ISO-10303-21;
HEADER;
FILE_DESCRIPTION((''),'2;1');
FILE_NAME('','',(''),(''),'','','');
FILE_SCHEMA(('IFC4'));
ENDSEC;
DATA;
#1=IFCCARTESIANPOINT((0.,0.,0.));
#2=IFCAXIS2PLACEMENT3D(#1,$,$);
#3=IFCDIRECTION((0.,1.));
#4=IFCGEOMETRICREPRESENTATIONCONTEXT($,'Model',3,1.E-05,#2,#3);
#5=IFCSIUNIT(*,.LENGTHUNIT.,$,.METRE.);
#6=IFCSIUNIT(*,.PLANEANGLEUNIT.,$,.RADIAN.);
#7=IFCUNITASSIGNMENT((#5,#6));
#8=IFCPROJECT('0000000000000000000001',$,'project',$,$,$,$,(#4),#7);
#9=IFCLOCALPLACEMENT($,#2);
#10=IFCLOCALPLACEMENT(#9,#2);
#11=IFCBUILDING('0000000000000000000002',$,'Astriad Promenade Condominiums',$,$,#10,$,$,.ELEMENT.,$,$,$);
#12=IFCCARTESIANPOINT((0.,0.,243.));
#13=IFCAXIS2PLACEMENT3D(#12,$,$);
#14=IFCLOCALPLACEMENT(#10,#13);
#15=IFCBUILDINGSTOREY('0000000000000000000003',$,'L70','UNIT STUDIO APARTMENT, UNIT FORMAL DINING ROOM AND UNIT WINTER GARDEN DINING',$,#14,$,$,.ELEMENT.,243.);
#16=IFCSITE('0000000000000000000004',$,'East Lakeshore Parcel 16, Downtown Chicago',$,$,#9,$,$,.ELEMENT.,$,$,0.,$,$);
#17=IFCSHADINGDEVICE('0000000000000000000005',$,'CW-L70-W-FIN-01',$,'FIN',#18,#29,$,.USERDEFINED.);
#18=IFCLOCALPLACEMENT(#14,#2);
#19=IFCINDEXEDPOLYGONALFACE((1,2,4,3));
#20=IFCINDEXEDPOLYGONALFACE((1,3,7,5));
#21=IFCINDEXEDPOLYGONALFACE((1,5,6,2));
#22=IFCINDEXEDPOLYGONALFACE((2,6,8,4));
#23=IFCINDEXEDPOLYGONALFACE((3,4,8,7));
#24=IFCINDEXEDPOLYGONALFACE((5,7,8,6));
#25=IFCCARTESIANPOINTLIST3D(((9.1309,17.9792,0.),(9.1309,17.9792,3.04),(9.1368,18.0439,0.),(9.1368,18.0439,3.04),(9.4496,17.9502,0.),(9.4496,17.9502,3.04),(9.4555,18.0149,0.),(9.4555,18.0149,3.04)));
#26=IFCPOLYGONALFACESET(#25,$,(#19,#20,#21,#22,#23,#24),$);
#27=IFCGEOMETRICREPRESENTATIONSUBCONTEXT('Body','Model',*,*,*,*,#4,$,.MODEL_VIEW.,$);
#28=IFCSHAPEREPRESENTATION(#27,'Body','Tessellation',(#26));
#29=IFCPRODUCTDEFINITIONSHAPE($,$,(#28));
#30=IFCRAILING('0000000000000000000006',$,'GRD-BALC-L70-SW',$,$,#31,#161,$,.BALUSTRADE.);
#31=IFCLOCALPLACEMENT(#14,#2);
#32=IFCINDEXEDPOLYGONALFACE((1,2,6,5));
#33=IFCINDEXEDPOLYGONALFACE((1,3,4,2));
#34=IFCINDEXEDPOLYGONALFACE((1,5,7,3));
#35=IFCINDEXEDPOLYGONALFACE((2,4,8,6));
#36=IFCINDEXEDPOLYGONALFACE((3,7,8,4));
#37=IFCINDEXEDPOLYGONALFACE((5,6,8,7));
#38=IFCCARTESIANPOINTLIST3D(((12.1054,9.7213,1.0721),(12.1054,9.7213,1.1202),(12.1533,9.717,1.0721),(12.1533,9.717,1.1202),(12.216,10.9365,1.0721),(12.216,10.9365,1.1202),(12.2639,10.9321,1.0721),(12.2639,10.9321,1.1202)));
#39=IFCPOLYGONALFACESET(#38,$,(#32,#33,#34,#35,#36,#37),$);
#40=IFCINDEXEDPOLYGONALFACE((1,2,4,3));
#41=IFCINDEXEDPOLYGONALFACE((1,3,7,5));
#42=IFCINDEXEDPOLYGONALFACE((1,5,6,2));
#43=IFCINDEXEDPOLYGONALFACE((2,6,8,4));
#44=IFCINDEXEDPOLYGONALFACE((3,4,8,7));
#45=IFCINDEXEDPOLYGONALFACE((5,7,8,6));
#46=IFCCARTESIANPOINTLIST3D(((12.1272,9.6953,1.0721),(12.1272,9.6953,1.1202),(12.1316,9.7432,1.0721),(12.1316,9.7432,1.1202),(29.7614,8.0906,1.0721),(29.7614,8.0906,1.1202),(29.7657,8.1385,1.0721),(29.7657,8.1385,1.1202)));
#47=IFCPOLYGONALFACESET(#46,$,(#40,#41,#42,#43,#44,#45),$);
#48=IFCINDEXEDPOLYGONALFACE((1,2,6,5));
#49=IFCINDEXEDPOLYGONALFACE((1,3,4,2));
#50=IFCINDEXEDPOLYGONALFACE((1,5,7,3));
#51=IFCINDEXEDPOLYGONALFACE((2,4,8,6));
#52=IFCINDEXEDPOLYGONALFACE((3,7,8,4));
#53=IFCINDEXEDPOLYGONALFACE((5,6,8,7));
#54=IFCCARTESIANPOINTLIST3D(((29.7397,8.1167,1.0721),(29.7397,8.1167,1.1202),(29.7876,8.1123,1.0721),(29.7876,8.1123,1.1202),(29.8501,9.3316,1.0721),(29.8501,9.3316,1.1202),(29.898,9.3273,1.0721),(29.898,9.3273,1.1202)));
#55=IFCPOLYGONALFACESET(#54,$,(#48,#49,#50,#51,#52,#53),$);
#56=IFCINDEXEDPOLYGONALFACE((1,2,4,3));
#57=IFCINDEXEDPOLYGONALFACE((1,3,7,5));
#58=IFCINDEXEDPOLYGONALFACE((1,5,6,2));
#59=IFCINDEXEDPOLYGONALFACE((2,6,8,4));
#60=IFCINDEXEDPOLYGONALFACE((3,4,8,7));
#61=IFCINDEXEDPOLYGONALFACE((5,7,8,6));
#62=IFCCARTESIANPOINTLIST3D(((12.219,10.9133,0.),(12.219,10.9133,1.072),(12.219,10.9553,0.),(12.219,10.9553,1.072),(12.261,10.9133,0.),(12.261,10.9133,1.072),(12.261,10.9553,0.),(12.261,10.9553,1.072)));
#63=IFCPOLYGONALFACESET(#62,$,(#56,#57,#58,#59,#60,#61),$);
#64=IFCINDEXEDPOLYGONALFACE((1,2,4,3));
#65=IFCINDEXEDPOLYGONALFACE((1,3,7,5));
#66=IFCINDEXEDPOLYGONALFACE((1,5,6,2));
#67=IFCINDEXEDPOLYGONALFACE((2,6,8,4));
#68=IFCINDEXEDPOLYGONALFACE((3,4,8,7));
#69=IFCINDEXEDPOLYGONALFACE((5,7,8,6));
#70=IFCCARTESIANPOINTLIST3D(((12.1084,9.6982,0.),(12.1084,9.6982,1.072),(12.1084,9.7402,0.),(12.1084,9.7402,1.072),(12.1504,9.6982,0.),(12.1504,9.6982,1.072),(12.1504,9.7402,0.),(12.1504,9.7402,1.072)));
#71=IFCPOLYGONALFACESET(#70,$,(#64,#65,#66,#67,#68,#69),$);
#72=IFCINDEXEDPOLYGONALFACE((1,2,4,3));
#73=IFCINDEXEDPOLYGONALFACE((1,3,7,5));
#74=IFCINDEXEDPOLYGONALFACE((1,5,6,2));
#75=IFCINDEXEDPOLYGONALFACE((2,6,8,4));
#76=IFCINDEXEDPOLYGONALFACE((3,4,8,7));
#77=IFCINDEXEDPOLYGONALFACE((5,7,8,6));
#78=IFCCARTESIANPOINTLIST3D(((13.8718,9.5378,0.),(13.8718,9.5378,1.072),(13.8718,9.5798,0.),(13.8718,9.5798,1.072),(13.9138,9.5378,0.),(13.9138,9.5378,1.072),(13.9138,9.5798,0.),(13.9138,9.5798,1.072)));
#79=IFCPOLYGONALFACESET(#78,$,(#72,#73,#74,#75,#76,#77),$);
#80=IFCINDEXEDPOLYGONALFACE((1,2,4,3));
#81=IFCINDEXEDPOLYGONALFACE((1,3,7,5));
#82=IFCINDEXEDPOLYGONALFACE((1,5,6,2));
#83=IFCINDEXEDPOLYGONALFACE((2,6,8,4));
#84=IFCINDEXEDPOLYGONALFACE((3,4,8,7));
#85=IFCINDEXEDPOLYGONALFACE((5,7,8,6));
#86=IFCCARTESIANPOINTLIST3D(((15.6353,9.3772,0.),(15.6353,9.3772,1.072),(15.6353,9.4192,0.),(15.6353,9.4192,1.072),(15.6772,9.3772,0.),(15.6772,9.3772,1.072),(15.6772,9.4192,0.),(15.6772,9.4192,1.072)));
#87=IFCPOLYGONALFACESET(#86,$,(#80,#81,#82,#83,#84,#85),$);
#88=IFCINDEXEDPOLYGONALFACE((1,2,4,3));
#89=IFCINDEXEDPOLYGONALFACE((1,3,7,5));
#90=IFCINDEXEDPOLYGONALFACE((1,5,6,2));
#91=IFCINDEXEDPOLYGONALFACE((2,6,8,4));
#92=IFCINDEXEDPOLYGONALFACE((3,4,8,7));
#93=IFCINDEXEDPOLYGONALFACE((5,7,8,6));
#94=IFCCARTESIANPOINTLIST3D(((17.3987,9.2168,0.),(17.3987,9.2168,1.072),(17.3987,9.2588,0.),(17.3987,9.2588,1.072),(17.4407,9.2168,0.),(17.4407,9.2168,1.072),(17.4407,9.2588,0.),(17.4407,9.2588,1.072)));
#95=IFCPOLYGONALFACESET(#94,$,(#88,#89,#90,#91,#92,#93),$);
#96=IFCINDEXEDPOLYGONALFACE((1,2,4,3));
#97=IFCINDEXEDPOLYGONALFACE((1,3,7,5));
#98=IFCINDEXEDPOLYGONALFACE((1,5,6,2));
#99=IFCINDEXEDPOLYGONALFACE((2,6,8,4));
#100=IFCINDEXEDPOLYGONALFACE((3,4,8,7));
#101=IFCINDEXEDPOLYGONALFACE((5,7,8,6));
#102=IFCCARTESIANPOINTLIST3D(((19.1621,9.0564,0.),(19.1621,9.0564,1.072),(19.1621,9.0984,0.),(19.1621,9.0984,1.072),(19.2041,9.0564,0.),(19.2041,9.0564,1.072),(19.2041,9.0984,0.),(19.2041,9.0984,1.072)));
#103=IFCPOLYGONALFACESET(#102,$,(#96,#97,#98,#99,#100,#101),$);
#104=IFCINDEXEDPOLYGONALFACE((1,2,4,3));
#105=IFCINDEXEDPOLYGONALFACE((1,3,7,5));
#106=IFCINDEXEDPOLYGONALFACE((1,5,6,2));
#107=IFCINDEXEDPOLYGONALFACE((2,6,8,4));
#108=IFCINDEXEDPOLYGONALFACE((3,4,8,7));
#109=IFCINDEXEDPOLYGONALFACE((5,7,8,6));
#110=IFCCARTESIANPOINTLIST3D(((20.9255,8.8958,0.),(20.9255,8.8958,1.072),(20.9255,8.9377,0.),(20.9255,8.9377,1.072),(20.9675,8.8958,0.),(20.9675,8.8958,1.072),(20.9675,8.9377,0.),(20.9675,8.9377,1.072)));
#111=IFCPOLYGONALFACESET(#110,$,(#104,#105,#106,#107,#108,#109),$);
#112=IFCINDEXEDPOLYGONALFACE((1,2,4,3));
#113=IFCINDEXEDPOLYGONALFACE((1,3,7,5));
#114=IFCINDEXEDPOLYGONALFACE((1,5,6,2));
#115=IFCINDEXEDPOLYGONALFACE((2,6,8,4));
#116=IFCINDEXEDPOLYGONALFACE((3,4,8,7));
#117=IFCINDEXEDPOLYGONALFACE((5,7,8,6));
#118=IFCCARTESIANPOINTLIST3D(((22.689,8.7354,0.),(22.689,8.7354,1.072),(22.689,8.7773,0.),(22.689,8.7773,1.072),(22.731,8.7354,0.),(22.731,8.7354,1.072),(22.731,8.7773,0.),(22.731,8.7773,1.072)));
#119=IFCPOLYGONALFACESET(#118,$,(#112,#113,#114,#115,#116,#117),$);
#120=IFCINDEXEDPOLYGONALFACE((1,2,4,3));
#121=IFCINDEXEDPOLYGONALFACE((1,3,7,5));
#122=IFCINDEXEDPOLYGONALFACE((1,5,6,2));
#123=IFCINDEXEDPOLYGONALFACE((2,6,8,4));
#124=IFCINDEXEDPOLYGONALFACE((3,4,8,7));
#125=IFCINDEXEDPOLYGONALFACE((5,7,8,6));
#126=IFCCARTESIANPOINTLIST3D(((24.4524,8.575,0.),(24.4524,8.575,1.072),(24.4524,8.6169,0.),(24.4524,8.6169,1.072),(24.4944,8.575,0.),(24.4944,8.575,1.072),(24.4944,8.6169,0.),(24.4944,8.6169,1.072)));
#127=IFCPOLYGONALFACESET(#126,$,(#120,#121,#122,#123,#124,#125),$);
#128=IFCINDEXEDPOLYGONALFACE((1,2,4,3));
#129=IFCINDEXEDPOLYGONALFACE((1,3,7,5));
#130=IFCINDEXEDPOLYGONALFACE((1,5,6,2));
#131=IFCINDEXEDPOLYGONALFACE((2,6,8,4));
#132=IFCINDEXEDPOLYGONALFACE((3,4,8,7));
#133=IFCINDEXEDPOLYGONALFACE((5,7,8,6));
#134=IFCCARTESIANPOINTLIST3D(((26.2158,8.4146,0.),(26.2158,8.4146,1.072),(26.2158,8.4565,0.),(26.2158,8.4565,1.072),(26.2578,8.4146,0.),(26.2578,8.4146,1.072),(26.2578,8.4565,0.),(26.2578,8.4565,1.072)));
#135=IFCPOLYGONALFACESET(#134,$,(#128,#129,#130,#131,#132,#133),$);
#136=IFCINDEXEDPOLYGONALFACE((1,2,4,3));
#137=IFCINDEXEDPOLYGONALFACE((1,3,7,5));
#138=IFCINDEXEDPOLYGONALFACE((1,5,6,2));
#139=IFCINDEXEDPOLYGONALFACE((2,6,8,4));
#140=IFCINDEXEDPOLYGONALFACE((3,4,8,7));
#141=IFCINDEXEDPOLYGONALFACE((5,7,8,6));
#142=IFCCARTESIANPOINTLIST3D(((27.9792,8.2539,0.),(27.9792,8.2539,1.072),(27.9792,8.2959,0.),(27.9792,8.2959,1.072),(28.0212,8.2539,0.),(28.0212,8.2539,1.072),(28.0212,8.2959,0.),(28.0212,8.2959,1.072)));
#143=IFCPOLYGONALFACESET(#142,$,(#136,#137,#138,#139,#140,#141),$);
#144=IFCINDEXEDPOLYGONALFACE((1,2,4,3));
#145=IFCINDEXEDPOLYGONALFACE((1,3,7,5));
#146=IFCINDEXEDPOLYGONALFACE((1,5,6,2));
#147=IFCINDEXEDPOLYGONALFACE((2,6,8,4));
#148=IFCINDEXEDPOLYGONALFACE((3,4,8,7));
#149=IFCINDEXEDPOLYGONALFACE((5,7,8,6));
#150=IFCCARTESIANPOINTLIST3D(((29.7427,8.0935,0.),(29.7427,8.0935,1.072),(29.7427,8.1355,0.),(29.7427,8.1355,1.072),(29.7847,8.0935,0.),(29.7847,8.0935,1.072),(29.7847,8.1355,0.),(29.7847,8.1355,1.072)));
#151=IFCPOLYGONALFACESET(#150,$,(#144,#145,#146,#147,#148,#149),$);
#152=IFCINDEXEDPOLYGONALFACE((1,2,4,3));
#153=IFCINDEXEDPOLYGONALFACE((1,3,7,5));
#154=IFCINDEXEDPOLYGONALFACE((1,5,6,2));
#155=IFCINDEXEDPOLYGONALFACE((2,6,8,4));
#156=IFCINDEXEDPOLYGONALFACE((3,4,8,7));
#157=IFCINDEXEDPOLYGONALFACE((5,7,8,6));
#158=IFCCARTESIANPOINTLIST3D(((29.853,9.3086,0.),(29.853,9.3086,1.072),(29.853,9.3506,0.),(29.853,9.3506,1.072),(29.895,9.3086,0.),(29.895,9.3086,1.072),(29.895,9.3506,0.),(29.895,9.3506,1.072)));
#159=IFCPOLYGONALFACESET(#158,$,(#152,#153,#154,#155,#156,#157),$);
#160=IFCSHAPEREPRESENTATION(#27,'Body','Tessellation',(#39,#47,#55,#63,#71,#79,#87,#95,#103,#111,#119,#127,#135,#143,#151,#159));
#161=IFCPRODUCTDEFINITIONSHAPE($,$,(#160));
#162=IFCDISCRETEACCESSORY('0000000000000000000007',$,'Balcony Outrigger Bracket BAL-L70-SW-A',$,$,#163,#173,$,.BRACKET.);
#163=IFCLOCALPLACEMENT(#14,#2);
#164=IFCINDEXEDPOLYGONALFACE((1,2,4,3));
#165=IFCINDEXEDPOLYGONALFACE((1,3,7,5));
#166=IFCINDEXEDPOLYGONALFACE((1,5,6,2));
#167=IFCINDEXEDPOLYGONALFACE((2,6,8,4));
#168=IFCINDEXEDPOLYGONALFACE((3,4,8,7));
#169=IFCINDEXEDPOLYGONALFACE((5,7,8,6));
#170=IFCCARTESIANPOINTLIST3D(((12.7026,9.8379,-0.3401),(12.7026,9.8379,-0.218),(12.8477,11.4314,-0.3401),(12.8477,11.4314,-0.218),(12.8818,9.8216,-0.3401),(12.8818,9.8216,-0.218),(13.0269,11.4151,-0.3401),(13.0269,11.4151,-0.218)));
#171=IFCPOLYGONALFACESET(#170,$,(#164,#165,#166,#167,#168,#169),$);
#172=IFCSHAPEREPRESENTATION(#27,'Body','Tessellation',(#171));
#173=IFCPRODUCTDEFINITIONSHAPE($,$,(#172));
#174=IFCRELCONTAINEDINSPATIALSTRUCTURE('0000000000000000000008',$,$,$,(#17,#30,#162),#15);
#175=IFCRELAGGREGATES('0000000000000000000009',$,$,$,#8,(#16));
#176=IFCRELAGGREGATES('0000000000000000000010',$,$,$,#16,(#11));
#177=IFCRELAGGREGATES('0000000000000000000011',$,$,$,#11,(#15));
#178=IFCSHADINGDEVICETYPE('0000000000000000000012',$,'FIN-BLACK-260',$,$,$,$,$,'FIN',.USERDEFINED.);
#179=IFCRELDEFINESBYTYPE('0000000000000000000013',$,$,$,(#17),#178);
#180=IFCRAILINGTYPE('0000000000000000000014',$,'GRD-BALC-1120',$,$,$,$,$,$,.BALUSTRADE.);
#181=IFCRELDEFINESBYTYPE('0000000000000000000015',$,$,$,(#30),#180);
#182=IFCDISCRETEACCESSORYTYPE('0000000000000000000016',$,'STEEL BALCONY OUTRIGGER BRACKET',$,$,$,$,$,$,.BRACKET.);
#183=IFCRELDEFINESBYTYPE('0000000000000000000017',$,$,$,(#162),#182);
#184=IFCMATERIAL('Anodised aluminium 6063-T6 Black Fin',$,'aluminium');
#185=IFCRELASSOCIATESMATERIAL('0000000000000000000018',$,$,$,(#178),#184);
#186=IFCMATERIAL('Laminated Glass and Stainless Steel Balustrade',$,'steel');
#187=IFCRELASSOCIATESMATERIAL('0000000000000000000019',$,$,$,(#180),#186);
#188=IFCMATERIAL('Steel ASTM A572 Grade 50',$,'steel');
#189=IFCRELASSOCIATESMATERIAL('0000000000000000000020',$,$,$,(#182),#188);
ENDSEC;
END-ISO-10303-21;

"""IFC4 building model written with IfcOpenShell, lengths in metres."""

from ifc_helpers import new_model, si_unit, direction, frame, origin, origin_2d, place, context, subcontext, project, spatial, rectangle, extrude, source, transform, mapped, material, type_object, type_shapes, element, save


model = new_model("IFC4")

# Units and contexts
model_context = context("Model", 3, precision=1e-05, world=origin(), true_north=direction((0.0, 1.0)))
body_context = subcontext(model_context, "Body", "Model", "MODEL_VIEW")
ifc_project = project(units=[si_unit("LENGTHUNIT", "METRE"), si_unit("PLANEANGLEUNIT", "RADIAN")], contexts=[model_context])

# Site, building, storey
site_placement = place(None, origin())
site = spatial("IfcSite", under=ifc_project, at=site_placement, Name="East Lakeshore Parcel 16, Downtown Chicago", CompositionType="ELEMENT", RefElevation=0.0)
building_placement = place(site_placement, origin())
building = spatial("IfcBuilding", under=site, at=building_placement, Name="Astriad Promenade Condominiums", CompositionType="ELEMENT")
storey_placement = place(building_placement, frame((0.0, 0.0, 243.0)))
storey = spatial("IfcBuildingStorey", under=building, at=storey_placement, Name="L70", Description="UNIT STUDIO APARTMENT, UNIT FORMAL DINING ROOM AND UNIT WINTER GARDEN DINING", CompositionType="ELEMENT", Elevation=243.0)

# Shading device
ifc_material_1 = material(Name="Anodised aluminium 6063-T6 Black Fin", Category="aluminium")
shading_device_type = type_object("IfcShadingDeviceType", Name="FIN-BLACK-260", ElementType="FIN", PredefinedType="USERDEFINED", material=ifc_material_1)
shared_shape_1 = source(origin(), body_context, "Body", "SweptSolid", [
    extrude(rectangle(XDim=0.0649, YDim=0.3201, at=origin_2d()), origin(), (0.0, 0.0, 1.0), 3.04),
])
type_shapes(shading_device_type, [shared_shape_1])
shading_device_placement = place(storey_placement, frame((9.2932, 17.9971, 0.0), z_axis=(0.0, 0.0, 1.0), x_axis=(0.090633, 0.995884, 0.0)))
element("IfcShadingDevice", 1, at=shading_device_placement, inside=storey, type_object=shading_device_type, Name="CW-L70-W-FIN-01", ObjectType="FIN", PredefinedType="USERDEFINED", context=body_context, shape_type="MappedRepresentation", body=[
    mapped(shared_shape_1, transform((0.0, 0.0, 0.0), scale=1.0)),
])

# Railing
ifc_material_2 = material(Name="Laminated Glass and Stainless Steel Balustrade", Category="steel")
railing_type = type_object("IfcRailingType", Name="GRD-BALC-1120", PredefinedType="BALUSTRADE", material=ifc_material_2)
shared_shape_2 = source(origin(), body_context, "Body", "SweptSolid", [
    extrude(rectangle(XDim=0.0481, YDim=0.0481, at=origin_2d()), frame((0.0, 0.0, 1.0962), z_axis=(-0.090644, -0.995883, 0.0), x_axis=(0.995883, -0.090644, 0.0)), (0.0, 0.0, 1.0), 1.2202),
    extrude(rectangle(XDim=0.0481, YDim=0.0481, at=origin_2d()), frame((-0.1106, -1.2151, 1.0962), z_axis=(0.995885, -0.090626, 0.0), x_axis=(0.090626, 0.995885, 0.0)), (0.0, 0.0, 1.0), 17.707),
    extrude(rectangle(XDim=0.0481, YDim=0.0481, at=origin_2d()), frame((17.5237, -2.8198, 1.0962), z_axis=(0.090446, 0.995901, 0.0), x_axis=(-0.995901, 0.090446, 0.0)), (0.0, 0.0, 1.0), 1.22),
    extrude(rectangle(XDim=0.042, YDim=0.042, at=origin_2d()), origin(), (0.0, 0.0, 1.0), 1.072),
    extrude(rectangle(XDim=0.042, YDim=0.042, at=origin_2d()), frame((-0.1106, -1.2151, 0.0)), (0.0, 0.0, 1.0), 1.072),
    extrude(rectangle(XDim=0.042, YDim=0.042, at=origin_2d()), frame((1.6528, -1.3755, 0.0)), (0.0, 0.0, 1.0), 1.072),
    extrude(rectangle(XDim=0.042, YDim=0.042, at=origin_2d()), frame((3.4163, -1.5361, 0.0)), (0.0, 0.0, 1.0), 1.072),
    extrude(rectangle(XDim=0.042, YDim=0.042, at=origin_2d()), frame((5.1797, -1.6965, 0.0)), (0.0, 0.0, 1.0), 1.072),
    extrude(rectangle(XDim=0.042, YDim=0.042, at=origin_2d()), frame((6.9431, -1.8569, 0.0)), (0.0, 0.0, 1.0), 1.072),
    extrude(rectangle(XDim=0.042, YDim=0.042, at=origin_2d()), frame((8.7065, -2.0176, 0.0)), (0.0, 0.0, 1.0), 1.072),
    extrude(rectangle(XDim=0.042, YDim=0.042, at=origin_2d()), frame((10.47, -2.178, 0.0)), (0.0, 0.0, 1.0), 1.072),
    extrude(rectangle(XDim=0.042, YDim=0.042, at=origin_2d()), frame((12.2334, -2.3384, 0.0)), (0.0, 0.0, 1.0), 1.072),
    extrude(rectangle(XDim=0.042, YDim=0.042, at=origin_2d()), frame((13.9968, -2.4988, 0.0)), (0.0, 0.0, 1.0), 1.072),
    extrude(rectangle(XDim=0.042, YDim=0.042, at=origin_2d()), frame((15.7603, -2.6594, 0.0)), (0.0, 0.0, 1.0), 1.072),
    extrude(rectangle(XDim=0.042, YDim=0.042, at=origin_2d()), frame((17.5237, -2.8198, 0.0)), (0.0, 0.0, 1.0), 1.072),
    extrude(rectangle(XDim=0.042, YDim=0.042, at=origin_2d()), frame((17.634, -1.6047, 0.0)), (0.0, 0.0, 1.0), 1.072),
])
type_shapes(railing_type, [shared_shape_2])
railing_placement = place(storey_placement, frame((12.24, 10.9343, 0.0)))
element("IfcRailing", 2, at=railing_placement, inside=storey, type_object=railing_type, Name="GRD-BALC-L70-SW", PredefinedType="BALUSTRADE", context=body_context, shape_type="MappedRepresentation", body=[
    mapped(shared_shape_2, transform((0.0, 0.0, 0.0), scale=1.0)),
])

# Discrete accessory
ifc_material_3 = material(Name="Steel ASTM A572 Grade 50", Category="steel")
discrete_accessory_type = type_object("IfcDiscreteAccessoryType", Name="STEEL BALCONY OUTRIGGER BRACKET", PredefinedType="BRACKET", material=ifc_material_3)
shared_shape_3 = source(origin(), body_context, "Body", "SweptSolid", [
    extrude(rectangle(XDim=1.6001, YDim=0.1799, at=origin_2d()), origin(), (0.0, 0.0, 1.0), 0.1221),
])
type_shapes(discrete_accessory_type, [shared_shape_3])
discrete_accessory_placement = place(storey_placement, frame((12.8647, 10.6265, -0.3401), z_axis=(0.0, 0.0, 1.0), x_axis=(-0.090633, -0.995884, 0.0)))
element("IfcDiscreteAccessory", 3, at=discrete_accessory_placement, inside=storey, type_object=discrete_accessory_type, Name="Balcony Outrigger Bracket BAL-L70-SW-A", PredefinedType="BRACKET", context=body_context, shape_type="MappedRepresentation", body=[
    mapped(shared_shape_3, transform((0.0, 0.0, 0.0), scale=1.0)),
])

save(model, "model.ifc")
